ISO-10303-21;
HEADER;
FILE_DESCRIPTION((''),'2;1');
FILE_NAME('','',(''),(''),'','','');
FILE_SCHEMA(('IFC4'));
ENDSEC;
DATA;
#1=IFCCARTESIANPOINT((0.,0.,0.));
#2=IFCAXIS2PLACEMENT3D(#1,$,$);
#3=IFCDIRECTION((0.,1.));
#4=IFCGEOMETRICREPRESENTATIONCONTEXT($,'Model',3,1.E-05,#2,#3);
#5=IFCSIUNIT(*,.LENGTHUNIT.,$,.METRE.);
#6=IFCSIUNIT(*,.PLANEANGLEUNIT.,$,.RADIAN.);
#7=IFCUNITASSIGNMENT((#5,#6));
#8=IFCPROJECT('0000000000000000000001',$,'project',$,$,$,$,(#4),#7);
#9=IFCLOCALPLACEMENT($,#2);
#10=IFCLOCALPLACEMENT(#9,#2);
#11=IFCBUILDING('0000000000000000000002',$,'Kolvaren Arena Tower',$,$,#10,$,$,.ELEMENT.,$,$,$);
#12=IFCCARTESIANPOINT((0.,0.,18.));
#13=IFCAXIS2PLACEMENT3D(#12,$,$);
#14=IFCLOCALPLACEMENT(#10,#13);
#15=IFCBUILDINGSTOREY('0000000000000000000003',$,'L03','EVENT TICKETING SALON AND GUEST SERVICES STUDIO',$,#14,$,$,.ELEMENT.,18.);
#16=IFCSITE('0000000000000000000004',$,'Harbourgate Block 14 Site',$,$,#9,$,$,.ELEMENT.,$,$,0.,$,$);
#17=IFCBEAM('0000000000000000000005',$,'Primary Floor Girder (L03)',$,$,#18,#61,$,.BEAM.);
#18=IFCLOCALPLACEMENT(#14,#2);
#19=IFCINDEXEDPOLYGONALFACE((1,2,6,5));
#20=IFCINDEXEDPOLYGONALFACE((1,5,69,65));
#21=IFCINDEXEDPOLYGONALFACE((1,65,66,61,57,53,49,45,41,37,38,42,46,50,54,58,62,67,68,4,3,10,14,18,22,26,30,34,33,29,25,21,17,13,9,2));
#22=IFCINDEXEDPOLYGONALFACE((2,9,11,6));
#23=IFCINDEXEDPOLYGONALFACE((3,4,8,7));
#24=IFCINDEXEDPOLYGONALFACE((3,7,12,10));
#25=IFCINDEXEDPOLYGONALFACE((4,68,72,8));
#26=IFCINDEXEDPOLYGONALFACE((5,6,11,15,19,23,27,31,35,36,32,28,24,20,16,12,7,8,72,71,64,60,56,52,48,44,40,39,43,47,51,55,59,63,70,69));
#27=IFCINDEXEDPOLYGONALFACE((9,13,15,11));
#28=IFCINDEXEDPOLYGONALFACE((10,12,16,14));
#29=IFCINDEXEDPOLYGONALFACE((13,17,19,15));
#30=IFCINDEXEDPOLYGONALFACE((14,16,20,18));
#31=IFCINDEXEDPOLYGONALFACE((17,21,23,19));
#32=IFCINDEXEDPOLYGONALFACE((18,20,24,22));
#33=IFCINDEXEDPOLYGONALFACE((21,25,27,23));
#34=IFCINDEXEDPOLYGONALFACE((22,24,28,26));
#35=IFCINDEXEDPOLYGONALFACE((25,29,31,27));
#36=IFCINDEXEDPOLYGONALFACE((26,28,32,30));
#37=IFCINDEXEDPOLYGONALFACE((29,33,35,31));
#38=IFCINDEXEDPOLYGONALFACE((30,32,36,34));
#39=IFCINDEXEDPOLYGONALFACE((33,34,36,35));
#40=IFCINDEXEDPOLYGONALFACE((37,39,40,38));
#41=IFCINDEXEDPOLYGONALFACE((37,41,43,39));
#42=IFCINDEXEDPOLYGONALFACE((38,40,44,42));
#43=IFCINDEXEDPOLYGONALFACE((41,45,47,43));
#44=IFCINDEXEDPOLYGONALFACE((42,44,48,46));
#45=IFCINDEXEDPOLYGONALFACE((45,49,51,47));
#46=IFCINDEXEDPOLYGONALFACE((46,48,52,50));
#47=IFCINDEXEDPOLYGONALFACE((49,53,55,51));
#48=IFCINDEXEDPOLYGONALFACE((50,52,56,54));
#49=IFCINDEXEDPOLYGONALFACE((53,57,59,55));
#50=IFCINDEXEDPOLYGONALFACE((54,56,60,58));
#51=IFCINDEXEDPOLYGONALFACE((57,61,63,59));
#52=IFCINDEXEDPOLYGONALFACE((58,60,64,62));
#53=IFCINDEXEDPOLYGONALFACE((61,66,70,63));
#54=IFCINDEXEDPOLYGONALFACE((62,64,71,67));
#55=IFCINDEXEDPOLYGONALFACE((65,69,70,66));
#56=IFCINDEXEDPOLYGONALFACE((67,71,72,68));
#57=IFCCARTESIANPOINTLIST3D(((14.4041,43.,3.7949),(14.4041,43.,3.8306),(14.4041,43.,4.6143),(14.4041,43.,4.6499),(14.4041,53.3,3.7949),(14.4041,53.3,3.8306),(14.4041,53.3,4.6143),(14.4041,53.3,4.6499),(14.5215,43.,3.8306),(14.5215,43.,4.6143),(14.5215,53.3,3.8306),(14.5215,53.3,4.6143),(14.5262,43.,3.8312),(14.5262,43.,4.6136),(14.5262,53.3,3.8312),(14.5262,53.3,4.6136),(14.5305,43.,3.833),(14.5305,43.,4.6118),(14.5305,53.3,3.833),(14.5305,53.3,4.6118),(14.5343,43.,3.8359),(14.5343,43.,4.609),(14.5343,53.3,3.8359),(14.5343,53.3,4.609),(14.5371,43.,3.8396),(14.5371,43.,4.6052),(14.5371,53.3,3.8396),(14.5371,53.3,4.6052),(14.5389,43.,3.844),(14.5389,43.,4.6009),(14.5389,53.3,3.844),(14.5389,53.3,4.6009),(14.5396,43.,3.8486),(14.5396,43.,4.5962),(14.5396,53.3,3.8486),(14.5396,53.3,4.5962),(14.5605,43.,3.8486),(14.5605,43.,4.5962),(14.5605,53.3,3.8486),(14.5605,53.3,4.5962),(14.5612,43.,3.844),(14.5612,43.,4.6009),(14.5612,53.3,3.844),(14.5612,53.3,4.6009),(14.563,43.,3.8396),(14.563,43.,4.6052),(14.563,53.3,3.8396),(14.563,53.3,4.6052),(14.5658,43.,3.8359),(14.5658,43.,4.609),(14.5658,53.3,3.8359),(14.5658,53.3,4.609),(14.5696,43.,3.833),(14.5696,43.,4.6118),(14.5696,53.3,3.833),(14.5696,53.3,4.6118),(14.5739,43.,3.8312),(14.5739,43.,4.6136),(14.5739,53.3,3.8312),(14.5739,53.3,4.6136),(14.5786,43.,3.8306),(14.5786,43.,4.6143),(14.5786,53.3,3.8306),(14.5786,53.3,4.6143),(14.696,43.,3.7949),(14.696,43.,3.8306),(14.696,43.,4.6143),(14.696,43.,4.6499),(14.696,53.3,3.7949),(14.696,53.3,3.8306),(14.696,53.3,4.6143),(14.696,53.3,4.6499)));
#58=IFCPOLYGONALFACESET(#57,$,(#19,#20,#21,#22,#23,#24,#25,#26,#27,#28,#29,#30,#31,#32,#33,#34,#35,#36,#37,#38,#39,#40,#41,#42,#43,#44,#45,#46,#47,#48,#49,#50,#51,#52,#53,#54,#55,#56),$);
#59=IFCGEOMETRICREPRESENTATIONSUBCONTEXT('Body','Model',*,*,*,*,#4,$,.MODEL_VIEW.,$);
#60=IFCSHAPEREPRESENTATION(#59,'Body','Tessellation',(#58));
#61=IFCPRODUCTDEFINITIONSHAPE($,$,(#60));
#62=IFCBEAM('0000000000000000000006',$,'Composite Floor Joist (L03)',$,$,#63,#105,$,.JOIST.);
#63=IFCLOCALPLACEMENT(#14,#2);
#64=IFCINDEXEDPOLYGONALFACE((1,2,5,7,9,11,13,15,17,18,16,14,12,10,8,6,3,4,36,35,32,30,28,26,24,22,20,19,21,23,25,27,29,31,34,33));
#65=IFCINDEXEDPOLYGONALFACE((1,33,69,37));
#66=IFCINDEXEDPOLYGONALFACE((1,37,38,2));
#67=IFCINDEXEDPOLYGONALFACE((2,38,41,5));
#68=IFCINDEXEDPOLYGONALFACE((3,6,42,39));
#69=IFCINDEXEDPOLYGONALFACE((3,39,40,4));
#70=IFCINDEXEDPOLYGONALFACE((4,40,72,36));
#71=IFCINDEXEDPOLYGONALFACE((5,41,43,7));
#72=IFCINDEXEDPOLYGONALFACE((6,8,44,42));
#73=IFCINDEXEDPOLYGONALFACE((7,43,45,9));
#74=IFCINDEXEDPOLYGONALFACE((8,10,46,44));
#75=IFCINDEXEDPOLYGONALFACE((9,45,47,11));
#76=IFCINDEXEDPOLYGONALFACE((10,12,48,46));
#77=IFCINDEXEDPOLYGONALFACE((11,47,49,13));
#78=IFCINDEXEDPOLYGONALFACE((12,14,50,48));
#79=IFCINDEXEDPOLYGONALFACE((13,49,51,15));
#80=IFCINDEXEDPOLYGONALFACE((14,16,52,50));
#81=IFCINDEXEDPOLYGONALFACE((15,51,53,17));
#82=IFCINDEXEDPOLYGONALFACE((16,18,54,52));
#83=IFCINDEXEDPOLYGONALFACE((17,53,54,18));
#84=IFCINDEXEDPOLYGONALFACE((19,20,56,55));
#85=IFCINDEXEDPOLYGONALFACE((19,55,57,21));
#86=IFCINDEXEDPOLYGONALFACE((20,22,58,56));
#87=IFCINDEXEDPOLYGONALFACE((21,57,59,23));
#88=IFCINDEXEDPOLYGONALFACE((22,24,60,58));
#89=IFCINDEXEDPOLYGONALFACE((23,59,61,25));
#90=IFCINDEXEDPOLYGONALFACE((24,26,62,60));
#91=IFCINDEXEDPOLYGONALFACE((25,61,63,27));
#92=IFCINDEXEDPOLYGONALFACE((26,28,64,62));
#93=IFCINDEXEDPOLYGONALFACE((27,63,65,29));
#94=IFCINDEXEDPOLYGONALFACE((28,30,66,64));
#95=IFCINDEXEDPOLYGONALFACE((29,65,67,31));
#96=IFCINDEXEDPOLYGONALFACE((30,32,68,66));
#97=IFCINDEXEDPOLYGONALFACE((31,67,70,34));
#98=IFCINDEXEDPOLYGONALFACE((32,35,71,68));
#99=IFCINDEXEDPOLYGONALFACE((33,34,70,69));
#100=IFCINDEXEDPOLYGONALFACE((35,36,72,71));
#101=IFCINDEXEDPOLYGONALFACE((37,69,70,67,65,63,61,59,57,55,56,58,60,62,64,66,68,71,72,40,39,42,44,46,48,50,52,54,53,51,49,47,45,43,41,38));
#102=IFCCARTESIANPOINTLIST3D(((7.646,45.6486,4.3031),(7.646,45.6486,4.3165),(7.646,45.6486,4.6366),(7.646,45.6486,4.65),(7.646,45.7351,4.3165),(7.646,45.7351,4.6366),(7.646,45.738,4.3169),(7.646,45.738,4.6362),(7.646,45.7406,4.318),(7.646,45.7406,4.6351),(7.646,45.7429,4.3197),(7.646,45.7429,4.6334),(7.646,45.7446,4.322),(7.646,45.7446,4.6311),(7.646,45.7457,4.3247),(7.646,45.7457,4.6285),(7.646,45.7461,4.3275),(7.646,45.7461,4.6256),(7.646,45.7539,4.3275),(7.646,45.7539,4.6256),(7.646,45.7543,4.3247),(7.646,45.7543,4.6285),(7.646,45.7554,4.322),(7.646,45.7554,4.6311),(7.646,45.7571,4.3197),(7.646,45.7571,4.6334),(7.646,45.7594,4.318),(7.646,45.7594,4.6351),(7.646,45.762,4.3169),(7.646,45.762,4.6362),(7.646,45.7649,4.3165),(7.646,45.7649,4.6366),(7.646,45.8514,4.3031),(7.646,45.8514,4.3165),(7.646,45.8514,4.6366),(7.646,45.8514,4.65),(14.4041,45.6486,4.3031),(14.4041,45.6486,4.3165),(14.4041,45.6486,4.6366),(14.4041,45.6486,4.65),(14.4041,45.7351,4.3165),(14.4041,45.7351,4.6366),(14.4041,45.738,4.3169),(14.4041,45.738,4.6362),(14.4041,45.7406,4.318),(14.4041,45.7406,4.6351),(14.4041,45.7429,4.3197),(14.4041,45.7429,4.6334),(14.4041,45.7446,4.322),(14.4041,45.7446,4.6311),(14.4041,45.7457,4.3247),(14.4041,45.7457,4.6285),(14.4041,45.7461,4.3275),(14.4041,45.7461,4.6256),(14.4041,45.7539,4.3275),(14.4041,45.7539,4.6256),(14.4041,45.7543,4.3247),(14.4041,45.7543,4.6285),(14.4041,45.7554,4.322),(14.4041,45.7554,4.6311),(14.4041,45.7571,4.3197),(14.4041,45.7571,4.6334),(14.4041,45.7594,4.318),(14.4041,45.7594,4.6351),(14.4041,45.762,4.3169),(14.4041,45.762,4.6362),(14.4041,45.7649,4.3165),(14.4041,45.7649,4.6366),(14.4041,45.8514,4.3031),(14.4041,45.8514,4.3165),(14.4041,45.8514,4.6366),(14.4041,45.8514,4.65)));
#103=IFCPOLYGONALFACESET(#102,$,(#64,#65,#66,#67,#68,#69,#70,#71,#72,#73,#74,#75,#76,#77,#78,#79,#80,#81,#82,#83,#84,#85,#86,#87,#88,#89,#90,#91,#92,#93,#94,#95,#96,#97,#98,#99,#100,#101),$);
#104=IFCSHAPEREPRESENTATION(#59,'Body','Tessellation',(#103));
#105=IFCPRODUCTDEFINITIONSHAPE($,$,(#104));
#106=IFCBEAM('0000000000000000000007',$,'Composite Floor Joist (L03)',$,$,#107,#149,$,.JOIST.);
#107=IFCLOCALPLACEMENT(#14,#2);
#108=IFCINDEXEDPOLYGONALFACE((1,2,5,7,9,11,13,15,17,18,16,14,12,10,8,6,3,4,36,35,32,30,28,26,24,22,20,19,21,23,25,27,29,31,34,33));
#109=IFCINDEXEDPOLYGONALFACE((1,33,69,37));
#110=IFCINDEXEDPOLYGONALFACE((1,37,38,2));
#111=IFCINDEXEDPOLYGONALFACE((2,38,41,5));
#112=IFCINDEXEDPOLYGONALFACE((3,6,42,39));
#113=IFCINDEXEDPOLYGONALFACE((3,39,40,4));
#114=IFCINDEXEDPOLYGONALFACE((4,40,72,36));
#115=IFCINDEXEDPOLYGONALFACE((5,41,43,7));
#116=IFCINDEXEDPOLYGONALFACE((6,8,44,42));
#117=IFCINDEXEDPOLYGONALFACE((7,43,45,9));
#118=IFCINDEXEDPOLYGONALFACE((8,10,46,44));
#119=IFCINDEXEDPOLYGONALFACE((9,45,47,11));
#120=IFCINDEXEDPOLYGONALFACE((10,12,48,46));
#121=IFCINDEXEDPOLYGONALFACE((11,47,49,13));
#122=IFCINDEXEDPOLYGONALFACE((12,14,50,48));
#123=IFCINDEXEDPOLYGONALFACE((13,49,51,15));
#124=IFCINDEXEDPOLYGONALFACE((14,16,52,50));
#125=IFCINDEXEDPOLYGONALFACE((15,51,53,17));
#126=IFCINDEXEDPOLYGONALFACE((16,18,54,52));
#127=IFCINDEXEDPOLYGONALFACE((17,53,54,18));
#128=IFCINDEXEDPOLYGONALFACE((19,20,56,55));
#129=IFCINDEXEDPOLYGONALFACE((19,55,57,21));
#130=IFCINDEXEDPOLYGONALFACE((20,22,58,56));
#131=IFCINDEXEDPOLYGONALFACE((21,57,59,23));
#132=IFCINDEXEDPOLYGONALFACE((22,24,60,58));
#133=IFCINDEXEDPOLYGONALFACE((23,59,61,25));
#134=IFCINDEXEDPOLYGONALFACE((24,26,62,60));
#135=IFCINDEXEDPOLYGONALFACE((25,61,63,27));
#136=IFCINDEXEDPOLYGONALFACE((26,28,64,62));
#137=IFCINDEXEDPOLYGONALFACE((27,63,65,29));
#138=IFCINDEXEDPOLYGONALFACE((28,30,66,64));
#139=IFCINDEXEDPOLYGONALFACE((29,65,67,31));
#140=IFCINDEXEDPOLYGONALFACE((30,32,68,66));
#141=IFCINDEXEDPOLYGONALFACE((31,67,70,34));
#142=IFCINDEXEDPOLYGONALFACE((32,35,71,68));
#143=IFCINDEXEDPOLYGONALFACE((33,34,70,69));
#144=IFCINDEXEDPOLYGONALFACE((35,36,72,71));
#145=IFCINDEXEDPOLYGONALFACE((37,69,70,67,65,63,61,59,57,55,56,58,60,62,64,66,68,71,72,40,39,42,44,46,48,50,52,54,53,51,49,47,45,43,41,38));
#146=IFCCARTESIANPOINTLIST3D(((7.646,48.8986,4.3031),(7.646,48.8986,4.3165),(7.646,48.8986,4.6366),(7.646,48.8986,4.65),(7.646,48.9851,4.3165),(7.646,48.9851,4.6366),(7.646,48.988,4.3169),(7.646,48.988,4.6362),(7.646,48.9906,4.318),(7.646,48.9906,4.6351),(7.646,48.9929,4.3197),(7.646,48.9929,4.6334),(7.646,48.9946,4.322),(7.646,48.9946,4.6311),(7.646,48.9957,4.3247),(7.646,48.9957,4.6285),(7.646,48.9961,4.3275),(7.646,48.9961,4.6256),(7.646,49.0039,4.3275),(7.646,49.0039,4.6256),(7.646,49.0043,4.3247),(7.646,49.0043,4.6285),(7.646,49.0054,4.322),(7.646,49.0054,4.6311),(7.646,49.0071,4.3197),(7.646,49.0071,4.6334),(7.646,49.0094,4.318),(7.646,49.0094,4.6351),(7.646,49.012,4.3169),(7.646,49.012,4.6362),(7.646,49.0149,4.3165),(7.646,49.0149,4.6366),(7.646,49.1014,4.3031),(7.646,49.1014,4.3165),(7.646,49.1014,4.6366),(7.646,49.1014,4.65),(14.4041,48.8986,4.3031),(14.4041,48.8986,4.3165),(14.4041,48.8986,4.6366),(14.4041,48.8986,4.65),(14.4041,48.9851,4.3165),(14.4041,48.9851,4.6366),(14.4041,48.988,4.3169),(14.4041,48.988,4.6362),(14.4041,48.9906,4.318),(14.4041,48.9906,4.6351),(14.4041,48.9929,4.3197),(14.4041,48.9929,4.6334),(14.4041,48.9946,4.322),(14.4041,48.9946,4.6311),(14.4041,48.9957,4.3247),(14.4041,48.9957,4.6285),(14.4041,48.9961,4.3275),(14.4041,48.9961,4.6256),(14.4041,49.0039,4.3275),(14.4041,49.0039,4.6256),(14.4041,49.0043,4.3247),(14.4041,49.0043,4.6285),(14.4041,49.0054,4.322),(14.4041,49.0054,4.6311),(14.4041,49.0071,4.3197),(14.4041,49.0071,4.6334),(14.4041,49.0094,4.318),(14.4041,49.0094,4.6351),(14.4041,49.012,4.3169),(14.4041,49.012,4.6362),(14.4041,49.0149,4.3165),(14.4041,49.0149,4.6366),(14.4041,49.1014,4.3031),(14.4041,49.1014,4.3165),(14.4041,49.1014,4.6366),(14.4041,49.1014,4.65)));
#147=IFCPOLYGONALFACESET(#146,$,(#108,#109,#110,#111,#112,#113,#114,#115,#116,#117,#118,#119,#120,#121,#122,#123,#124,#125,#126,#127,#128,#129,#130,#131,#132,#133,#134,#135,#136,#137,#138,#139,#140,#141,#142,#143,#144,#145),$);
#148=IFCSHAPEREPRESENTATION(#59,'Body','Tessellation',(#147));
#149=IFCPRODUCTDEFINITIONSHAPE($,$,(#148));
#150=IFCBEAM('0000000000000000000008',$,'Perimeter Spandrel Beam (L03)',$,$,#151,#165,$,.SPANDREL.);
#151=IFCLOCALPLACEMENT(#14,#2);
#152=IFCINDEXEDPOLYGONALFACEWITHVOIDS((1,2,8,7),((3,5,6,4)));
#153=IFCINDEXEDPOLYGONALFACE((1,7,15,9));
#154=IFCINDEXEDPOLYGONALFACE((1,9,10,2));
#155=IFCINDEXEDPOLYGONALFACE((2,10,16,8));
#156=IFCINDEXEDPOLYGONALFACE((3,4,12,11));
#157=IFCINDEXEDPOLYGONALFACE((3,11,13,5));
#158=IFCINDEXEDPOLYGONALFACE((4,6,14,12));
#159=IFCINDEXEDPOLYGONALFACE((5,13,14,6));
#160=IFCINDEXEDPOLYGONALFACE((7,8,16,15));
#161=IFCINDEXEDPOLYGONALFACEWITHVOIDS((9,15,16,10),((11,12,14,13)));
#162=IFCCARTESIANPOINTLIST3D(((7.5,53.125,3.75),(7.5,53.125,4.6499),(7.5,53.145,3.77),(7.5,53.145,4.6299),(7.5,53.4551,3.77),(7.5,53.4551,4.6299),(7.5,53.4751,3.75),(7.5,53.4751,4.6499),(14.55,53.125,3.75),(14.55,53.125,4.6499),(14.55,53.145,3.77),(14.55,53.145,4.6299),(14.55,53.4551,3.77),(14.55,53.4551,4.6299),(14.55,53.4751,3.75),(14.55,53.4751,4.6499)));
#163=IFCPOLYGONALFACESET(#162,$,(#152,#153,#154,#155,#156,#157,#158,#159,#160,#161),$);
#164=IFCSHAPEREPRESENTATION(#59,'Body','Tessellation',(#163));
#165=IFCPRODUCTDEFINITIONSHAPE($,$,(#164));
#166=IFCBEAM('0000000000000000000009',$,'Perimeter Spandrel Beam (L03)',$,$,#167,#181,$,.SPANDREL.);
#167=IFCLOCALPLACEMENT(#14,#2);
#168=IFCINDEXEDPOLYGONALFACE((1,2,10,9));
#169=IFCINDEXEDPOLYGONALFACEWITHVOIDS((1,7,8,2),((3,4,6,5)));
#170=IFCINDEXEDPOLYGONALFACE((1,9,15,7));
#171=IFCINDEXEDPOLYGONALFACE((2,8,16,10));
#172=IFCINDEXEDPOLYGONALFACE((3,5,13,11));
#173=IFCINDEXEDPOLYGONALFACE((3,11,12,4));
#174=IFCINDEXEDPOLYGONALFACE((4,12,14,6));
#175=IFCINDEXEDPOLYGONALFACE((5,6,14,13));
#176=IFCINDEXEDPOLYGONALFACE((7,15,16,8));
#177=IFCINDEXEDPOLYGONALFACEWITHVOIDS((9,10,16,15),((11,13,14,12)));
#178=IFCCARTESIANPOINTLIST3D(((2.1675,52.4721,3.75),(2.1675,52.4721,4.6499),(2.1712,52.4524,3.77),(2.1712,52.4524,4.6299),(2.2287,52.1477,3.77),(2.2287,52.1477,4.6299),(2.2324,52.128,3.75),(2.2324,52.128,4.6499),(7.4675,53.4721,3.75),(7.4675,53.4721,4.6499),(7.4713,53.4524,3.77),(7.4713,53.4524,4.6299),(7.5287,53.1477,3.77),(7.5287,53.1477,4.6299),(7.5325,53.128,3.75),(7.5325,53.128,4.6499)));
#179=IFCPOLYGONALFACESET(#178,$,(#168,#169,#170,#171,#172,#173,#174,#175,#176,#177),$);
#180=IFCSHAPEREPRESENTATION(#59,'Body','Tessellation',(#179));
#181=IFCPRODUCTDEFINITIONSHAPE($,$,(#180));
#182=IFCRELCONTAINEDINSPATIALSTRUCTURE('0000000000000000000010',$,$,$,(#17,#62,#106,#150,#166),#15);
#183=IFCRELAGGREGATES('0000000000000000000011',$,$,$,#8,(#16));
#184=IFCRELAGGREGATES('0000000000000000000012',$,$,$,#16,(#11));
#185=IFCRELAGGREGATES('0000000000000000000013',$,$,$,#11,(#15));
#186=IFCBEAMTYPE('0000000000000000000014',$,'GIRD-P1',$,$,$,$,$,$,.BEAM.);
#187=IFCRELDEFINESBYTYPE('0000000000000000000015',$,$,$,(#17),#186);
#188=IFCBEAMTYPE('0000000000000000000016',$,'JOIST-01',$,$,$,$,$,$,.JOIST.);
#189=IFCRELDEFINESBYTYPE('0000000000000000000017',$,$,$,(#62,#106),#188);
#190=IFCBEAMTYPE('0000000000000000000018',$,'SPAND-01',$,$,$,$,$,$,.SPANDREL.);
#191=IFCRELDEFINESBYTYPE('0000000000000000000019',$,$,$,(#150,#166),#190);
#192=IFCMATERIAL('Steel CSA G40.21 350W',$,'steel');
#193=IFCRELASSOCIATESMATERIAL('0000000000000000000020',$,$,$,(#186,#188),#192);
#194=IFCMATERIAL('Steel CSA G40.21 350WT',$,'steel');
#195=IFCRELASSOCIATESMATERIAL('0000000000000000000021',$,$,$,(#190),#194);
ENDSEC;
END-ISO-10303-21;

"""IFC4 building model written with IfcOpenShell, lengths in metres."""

from ifc_helpers import new_model, si_unit, direction, frame, origin, origin_2d, place, context, subcontext, project, spatial, hollow_rectangle, i_section, extrude, material, material_profile, profile_set, type_object, element, save


model = new_model("IFC4")

# Units and contexts
model_context = context("Model", 3, precision=1e-05, world=origin(), true_north=direction((0.0, 1.0)))
body_context = subcontext(model_context, "Body", "Model", "MODEL_VIEW")
ifc_project = project(units=[si_unit("LENGTHUNIT", "METRE"), si_unit("PLANEANGLEUNIT", "RADIAN")], contexts=[model_context])

# Site, building, storey
site_placement = place(None, origin())
site = spatial("IfcSite", under=ifc_project, at=site_placement, Name="Harbourgate Block 14 Site", CompositionType="ELEMENT", RefElevation=0.0)
building_placement = place(site_placement, origin())
building = spatial("IfcBuilding", under=site, at=building_placement, Name="Kolvaren Arena Tower", CompositionType="ELEMENT")
storey_placement = place(building_placement, frame((0.0, 0.0, 18.0)))
storey = spatial("IfcBuildingStorey", under=building, at=storey_placement, Name="L03", Description="EVENT TICKETING SALON AND GUEST SERVICES STUDIO", CompositionType="ELEMENT", Elevation=18.0)

# Beams
ifc_material_1 = material(Name="Steel CSA G40.21 350W", Category="steel")
ifc_material_profile_1 = material_profile(ifc_material_1, i_section(OverallWidth=0.292, OverallDepth=0.855, WebThickness=0.021, FlangeThickness=0.0356, FilletRadius=0.0181, at=origin_2d()), Name="W840x299")
ifc_profile_set_1 = profile_set([ifc_material_profile_1], Name="Steel CSA G40.21 350W")
beam_type_1 = type_object("IfcBeamType", Name="GIRD-P1", PredefinedType="BEAM", material=ifc_profile_set_1)
beam_1_placement = place(storey_placement, frame((14.55, 43.0, 4.2224), z_axis=(0.0, 1.0, 0.0), x_axis=(-1.0, 0.0, 0.0)))
element("IfcBeam", 1, at=beam_1_placement, inside=storey, type_object=beam_type_1, Name="Primary Floor Girder (L03)", PredefinedType="BEAM", context=body_context, shape_type="SweptSolid", body=[
    extrude(i_section(OverallWidth=0.292, OverallDepth=0.855, WebThickness=0.021, FlangeThickness=0.0356, FilletRadius=0.0181, at=origin_2d()), origin(), (0.0, 0.0, 1.0), 10.3),
])
ifc_material_profile_2 = material_profile(ifc_material_1, i_section(OverallWidth=0.2029, OverallDepth=0.3469, WebThickness=0.0078, FlangeThickness=0.0134, FilletRadius=0.011, at=origin_2d()), Name="W360x64")
ifc_profile_set_2 = profile_set([ifc_material_profile_2], Name="Steel CSA G40.21 350W")
beam_type_2 = type_object("IfcBeamType", Name="JOIST-01", PredefinedType="JOIST", material=ifc_profile_set_2)
for number, where, z_axis, x_axis, name in (
    (2, (7.646, 45.75, 4.4766), (1.0, 0.0, 0.0), (0.0, 1.0, 0.0), "Composite Floor Joist (L03)"),
    (3, (7.646, 49.0, 4.4766), (1.0, 0.0, 0.0), (0.0, 1.0, 0.0), "Composite Floor Joist (L03)"),
):
    element("IfcBeam", number, at=place(storey_placement, frame(where, z_axis=z_axis, x_axis=x_axis)), inside=storey, type_object=beam_type_2, Name=name, PredefinedType="JOIST", context=body_context, shape_type="SweptSolid", body=[
        extrude(i_section(OverallWidth=0.2029, OverallDepth=0.3469, WebThickness=0.0078, FlangeThickness=0.0134, FilletRadius=0.011, at=origin_2d()), origin(), (0.0, 0.0, 1.0), 6.7581),
    ])
ifc_material_2 = material(Name="Steel CSA G40.21 350WT", Category="steel")
ifc_material_profile_3 = material_profile(ifc_material_2, hollow_rectangle(XDim=0.3501, YDim=0.8999, WallThickness=0.02, at=origin_2d()), Name="HSS 900x350x20")
ifc_profile_set_3 = profile_set([ifc_material_profile_3], Name="Steel CSA G40.21 350WT")
beam_type_3 = type_object("IfcBeamType", Name="SPAND-01", PredefinedType="SPANDREL", material=ifc_profile_set_3)
beam_2_placement = place(storey_placement, frame((14.55, 53.3, 4.2), z_axis=(-1.0, 0.0, 0.0), x_axis=(0.0, -1.0, 0.0)))
element("IfcBeam", 4, at=beam_2_placement, inside=storey, type_object=beam_type_3, Name="Perimeter Spandrel Beam (L03)", PredefinedType="SPANDREL", context=body_context, shape_type="SweptSolid", body=[
    extrude(hollow_rectangle(XDim=0.3501, YDim=0.8999, WallThickness=0.02, at=origin_2d()), origin(), (0.0, 0.0, 1.0), 7.05),
])
beam_3_placement = place(storey_placement, frame((7.5, 53.3, 4.2), z_axis=(-0.982662, -0.185406, 0.0), x_axis=(0.185406, -0.982662, 0.0)))
element("IfcBeam", 5, at=beam_3_placement, inside=storey, type_object=beam_type_3, Name="Perimeter Spandrel Beam (L03)", PredefinedType="SPANDREL", context=body_context, shape_type="SweptSolid", body=[
    extrude(hollow_rectangle(XDim=0.3501, YDim=0.8999, WallThickness=0.02, at=origin_2d()), origin(), (0.0, 0.0, 1.0), 5.3936),
])

save(model, "model.ifc")
